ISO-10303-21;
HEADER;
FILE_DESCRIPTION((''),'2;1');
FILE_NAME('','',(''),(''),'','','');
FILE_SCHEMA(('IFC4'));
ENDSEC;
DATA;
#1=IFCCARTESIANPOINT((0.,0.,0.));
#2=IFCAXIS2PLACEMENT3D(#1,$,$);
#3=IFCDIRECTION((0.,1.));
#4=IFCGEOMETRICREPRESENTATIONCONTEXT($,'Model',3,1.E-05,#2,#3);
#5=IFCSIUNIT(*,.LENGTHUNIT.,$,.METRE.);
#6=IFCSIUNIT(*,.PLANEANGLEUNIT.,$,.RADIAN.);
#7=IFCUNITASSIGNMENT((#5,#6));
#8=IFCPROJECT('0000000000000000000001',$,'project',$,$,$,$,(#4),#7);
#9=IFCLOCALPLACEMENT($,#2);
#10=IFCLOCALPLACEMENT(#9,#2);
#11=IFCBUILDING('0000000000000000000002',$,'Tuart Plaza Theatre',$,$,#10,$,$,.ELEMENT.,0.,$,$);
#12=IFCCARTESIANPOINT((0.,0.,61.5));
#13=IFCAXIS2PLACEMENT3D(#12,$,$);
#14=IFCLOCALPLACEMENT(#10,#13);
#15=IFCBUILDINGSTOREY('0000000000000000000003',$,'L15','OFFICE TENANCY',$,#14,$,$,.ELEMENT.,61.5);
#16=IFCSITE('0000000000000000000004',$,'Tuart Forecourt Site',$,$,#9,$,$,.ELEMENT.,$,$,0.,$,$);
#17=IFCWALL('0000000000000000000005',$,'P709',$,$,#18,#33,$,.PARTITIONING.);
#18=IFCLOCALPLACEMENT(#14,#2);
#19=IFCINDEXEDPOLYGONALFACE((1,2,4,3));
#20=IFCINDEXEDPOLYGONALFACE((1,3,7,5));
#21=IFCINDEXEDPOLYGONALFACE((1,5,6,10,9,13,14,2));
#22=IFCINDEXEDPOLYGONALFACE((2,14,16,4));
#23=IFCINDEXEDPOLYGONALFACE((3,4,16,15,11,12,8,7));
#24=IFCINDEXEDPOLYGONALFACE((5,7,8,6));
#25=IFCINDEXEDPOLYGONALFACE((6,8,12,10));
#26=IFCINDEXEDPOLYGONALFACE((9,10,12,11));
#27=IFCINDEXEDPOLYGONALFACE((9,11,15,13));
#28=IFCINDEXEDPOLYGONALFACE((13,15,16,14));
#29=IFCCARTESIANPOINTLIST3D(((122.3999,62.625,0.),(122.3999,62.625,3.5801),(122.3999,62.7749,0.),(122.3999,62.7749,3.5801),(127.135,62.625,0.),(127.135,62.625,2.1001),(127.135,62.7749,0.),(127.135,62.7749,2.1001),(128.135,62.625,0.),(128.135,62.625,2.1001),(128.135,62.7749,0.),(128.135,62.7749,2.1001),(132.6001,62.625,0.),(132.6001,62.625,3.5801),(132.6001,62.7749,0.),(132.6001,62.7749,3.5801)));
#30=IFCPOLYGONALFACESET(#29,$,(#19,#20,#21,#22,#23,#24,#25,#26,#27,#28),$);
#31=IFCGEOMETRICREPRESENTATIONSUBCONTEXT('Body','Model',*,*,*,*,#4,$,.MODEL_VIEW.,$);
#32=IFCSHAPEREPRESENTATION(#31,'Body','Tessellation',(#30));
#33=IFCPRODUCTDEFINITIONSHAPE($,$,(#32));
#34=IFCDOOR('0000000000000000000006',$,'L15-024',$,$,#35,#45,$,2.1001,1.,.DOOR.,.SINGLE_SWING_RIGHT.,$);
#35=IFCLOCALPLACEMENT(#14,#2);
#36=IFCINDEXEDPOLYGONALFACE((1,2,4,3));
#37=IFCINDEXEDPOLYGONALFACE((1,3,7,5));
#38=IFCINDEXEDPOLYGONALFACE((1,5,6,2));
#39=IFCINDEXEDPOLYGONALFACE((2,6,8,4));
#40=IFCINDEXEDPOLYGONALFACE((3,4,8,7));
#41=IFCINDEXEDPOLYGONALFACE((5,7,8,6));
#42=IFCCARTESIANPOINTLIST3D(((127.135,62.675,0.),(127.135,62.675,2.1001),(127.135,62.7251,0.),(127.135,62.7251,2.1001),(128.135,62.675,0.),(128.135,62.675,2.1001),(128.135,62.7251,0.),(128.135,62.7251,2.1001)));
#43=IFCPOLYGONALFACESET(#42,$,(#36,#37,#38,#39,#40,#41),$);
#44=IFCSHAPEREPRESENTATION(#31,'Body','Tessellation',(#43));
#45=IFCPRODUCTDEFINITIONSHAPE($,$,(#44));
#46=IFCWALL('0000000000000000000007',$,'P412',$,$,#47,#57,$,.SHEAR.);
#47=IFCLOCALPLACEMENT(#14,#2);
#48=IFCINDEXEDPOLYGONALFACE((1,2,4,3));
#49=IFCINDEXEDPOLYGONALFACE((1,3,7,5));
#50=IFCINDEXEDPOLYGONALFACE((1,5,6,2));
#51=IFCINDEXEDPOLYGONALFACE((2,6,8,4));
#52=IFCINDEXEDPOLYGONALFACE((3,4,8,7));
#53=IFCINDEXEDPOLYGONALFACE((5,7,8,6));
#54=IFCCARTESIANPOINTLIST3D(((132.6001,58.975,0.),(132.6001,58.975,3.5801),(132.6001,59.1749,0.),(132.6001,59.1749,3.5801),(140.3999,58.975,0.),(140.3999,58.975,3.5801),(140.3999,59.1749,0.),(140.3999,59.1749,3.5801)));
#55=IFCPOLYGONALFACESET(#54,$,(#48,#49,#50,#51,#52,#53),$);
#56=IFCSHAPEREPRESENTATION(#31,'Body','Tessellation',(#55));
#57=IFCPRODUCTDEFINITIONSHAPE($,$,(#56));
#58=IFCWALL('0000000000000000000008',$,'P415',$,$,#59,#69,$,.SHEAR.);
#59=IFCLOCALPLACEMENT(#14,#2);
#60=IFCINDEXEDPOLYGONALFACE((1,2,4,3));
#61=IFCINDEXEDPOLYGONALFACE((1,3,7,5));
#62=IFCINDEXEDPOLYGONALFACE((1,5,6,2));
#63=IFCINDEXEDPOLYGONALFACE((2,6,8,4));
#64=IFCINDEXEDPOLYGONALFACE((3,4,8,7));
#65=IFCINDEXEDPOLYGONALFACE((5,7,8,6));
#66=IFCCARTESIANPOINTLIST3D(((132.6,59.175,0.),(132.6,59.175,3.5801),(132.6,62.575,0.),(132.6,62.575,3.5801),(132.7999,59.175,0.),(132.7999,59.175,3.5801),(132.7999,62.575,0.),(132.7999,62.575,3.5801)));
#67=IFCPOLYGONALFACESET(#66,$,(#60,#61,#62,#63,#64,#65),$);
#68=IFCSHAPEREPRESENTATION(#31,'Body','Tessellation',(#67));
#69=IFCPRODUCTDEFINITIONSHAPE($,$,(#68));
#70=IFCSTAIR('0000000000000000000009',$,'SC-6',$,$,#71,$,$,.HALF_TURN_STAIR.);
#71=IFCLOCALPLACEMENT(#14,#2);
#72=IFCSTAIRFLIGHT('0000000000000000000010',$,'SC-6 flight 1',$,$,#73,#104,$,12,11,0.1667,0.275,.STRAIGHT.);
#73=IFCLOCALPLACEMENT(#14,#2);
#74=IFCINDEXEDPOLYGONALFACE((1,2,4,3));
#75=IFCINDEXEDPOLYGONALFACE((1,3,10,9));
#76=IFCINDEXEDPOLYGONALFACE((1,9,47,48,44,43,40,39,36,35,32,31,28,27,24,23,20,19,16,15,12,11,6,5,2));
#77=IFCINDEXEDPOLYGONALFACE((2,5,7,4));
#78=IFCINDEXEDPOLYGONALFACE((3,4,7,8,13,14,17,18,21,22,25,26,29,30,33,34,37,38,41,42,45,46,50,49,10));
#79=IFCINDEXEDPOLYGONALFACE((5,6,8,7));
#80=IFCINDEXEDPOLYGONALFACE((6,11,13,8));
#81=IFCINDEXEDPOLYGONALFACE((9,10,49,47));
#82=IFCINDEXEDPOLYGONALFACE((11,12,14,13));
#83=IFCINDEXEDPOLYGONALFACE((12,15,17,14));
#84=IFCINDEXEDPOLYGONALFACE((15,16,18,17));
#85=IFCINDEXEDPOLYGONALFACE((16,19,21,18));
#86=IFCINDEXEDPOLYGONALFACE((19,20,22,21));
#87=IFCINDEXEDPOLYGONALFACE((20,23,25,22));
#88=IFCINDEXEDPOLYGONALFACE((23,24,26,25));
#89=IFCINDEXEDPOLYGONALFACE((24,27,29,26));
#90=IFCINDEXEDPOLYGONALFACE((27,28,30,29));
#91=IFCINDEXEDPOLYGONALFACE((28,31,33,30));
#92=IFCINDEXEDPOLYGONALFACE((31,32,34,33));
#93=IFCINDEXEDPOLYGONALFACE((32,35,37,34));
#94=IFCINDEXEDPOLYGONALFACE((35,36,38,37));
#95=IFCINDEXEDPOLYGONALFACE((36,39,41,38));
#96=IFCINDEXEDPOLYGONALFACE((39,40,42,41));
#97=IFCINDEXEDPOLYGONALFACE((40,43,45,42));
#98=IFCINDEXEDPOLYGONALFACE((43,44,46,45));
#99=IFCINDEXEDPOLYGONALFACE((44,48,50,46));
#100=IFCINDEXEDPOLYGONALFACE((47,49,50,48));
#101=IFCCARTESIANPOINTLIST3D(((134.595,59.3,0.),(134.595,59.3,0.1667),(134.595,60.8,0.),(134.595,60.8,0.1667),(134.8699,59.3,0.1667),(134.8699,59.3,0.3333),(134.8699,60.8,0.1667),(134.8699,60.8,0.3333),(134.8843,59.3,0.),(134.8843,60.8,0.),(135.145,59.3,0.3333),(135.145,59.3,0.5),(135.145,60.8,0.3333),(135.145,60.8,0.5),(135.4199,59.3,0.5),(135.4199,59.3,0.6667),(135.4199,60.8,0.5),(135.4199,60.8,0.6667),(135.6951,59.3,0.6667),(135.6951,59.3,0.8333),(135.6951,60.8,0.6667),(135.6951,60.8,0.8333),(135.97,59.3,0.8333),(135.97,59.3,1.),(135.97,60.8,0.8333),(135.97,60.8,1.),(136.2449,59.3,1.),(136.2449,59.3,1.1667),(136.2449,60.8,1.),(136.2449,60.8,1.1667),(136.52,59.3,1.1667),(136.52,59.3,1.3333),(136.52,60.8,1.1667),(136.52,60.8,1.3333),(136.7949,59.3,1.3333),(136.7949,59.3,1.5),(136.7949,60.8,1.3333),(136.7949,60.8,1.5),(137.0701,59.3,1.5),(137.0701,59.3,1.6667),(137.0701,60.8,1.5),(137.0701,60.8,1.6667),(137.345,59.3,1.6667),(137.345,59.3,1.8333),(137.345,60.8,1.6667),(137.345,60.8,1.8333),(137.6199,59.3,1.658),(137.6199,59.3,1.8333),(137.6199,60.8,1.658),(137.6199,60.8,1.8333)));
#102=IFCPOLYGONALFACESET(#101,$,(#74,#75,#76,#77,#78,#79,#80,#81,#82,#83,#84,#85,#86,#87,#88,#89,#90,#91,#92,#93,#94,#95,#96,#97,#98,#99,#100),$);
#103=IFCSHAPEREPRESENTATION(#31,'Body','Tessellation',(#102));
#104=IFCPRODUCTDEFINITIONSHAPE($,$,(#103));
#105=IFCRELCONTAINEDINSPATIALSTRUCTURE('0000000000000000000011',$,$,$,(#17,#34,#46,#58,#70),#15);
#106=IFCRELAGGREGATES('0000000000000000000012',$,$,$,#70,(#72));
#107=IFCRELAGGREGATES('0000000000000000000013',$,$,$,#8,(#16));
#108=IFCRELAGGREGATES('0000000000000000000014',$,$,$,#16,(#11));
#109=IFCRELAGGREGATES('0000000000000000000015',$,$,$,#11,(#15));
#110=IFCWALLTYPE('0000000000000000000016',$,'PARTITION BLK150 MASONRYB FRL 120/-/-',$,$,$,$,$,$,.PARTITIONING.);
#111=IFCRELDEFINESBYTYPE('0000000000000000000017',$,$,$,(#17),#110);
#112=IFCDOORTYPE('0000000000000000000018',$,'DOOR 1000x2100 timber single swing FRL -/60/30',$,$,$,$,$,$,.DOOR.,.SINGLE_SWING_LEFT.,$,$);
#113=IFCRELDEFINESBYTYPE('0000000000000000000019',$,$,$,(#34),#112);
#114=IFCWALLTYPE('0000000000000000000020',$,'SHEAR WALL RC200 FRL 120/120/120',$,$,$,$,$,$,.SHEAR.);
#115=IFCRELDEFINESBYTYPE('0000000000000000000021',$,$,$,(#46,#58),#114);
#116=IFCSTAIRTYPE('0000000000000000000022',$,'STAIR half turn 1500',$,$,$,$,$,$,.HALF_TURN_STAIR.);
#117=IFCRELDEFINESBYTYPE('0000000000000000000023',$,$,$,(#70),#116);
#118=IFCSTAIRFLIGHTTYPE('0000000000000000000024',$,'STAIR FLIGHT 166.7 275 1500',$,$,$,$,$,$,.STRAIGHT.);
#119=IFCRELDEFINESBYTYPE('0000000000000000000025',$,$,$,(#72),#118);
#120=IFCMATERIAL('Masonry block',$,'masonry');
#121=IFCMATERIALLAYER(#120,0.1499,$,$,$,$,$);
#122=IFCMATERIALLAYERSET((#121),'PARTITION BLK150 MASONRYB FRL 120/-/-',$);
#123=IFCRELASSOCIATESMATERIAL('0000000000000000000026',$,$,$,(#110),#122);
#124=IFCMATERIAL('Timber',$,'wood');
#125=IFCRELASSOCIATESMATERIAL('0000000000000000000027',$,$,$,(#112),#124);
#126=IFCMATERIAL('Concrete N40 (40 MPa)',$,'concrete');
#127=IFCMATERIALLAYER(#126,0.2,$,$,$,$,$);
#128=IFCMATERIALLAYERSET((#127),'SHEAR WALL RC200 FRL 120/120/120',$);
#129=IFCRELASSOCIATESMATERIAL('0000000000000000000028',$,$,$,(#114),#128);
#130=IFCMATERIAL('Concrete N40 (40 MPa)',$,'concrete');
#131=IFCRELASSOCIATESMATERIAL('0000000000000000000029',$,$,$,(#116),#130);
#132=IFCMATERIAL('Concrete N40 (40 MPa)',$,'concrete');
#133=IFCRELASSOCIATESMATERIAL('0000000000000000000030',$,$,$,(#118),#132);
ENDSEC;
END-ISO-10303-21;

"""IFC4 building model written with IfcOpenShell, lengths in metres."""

from ifc_helpers import new_model, si_unit, direction, frame, frame_2d, origin, place, context, subcontext, project, spatial, polyline, rectangle, outline, extrude, material, layer, layer_set, type_object, element, fill, aggregate, save


model = new_model("IFC4")

# Units and contexts
model_context = context("Model", 3, precision=1e-05, world=origin(), true_north=direction((0.0, 1.0)))
body_context = subcontext(model_context, "Body", "Model", "MODEL_VIEW")
ifc_project = project(units=[si_unit("LENGTHUNIT", "METRE"), si_unit("PLANEANGLEUNIT", "RADIAN")], contexts=[model_context])

# Site, building, storey
site_placement = place(None, origin())
site = spatial("IfcSite", under=ifc_project, at=site_placement, Name="Tuart Forecourt Site", CompositionType="ELEMENT", RefElevation=0.0)
building_placement = place(site_placement, origin())
building = spatial("IfcBuilding", under=site, at=building_placement, Name="Tuart Plaza Theatre", CompositionType="ELEMENT", ElevationOfRefHeight=0.0)
storey_placement = place(building_placement, frame((0.0, 0.0, 61.5)))
storey = spatial("IfcBuildingStorey", under=building, at=storey_placement, Name="L15", Description="OFFICE TENANCY", CompositionType="ELEMENT", Elevation=61.5)

# Wall, opening, door
ifc_material_1 = material(Name="Masonry block", Category="masonry")
ifc_layer_1 = layer(ifc_material_1, 0.1499)
ifc_layer_set_1 = layer_set([ifc_layer_1], Name="PARTITION BLK150 MASONRYB FRL 120/-/-")
wall_type_1 = type_object("IfcWallType", Name="PARTITION BLK150 MASONRYB FRL 120/-/-", PredefinedType="PARTITIONING", material=ifc_layer_set_1)
wall_1_placement = place(storey_placement, frame((132.6001, 62.7, 0.0), z_axis=(0.0, 0.0, 1.0), x_axis=(-1.0, 0.0, 0.0)))
wall_1 = element("IfcWall", 1, at=wall_1_placement, inside=storey, type_object=wall_type_1, Name="P709", PredefinedType="PARTITIONING", context=body_context, shape_type="SweptSolid", body=[
    extrude(rectangle(XDim=10.2002, YDim=0.1499, at=frame_2d((5.1001, 0.0))), origin(), (0.0, 0.0, 1.0), 3.5801),
])
opening_placement = place(wall_1_placement, frame((4.4651, 0.0, 0.0)))
opening = element("IfcOpeningElement", 2, at=opening_placement, cuts=wall_1, PredefinedType="OPENING", context=body_context, shape_type="SweptSolid", body=[
    extrude(rectangle(XDim=1.0, YDim=2.1001, at=frame_2d((0.5, 1.05))), frame((0.0, 0.085, 0.0), z_axis=(0.0, -1.0, 0.0), x_axis=(1.0, 0.0, 0.0)), (0.0, 0.0, 1.0), 0.1699),
])
ifc_material_2 = material(Name="Timber", Category="wood")
door_type = type_object("IfcDoorType", Name="DOOR 1000x2100 timber single swing FRL -/60/30", OperationType="SINGLE_SWING_LEFT", PredefinedType="DOOR", material=ifc_material_2)
door_placement = place(opening_placement, origin())
door = element("IfcDoor", 3, at=door_placement, inside=storey, type_object=door_type, Name="L15-024", OperationType="SINGLE_SWING_RIGHT", OverallHeight=2.1001, OverallWidth=1.0, PredefinedType="DOOR", context=body_context, shape_type="SweptSolid", body=[
    extrude(rectangle(XDim=1.0, YDim=2.1001, at=frame_2d((0.5, 1.05))), frame((0.0, 0.0249, 0.0), z_axis=(0.0, -1.0, 0.0), x_axis=(1.0, 0.0, 0.0)), (0.0, 0.0, 1.0), 0.05),
])
fill(opening, door)

# Walls
ifc_material_3 = material(Name="Concrete N40 (40 MPa)", Category="concrete")
ifc_layer_2 = layer(ifc_material_3, 0.2)
ifc_layer_set_2 = layer_set([ifc_layer_2], Name="SHEAR WALL RC200 FRL 120/120/120")
wall_type_2 = type_object("IfcWallType", Name="SHEAR WALL RC200 FRL 120/120/120", PredefinedType="SHEAR", material=ifc_layer_set_2)
wall_2_placement = place(storey_placement, frame((132.6001, 59.075, 0.0), z_axis=(0.0, 0.0, 1.0), x_axis=(1.0, 0.0, 0.0)))
element("IfcWall", 4, at=wall_2_placement, inside=storey, type_object=wall_type_2, Name="P412", PredefinedType="SHEAR", context=body_context, shape_type="SweptSolid", body=[
    extrude(rectangle(XDim=7.7998, YDim=0.2, at=frame_2d((3.8999, 0.0))), origin(), (0.0, 0.0, 1.0), 3.5801),
])
wall_3_placement = place(storey_placement, frame((132.7, 62.575, 0.0), z_axis=(0.0, 0.0, 1.0), x_axis=(0.0, -1.0, 0.0)))
element("IfcWall", 5, at=wall_3_placement, inside=storey, type_object=wall_type_2, Name="P415", PredefinedType="SHEAR", context=body_context, shape_type="SweptSolid", body=[
    extrude(rectangle(XDim=3.3999, YDim=0.2, at=frame_2d((1.7, 0.0))), origin(), (0.0, 0.0, 1.0), 3.5801),
])

# Stair, stair flight
ifc_material_4 = material(Name="Concrete N40 (40 MPa)", Category="concrete")
stair_type = type_object("IfcStairType", Name="STAIR half turn 1500", PredefinedType="HALF_TURN_STAIR", material=ifc_material_4)
stair_placement = place(storey_placement, origin())
stair = element("IfcStair", 6, at=stair_placement, inside=storey, type_object=stair_type, Name="SC-6", PredefinedType="HALF_TURN_STAIR")
ifc_material_5 = material(Name="Concrete N40 (40 MPa)", Category="concrete")
stair_flight_type = type_object("IfcStairFlightType", Name="STAIR FLIGHT 166.7 275 1500", PredefinedType="STRAIGHT", material=ifc_material_5)
stair_flight_placement = place(storey_placement, frame((134.595, 60.05, 0.0), z_axis=(0.0, 0.0, 1.0), x_axis=(1.0, 0.0, 0.0)))
stair_flight = element("IfcStairFlight", 7, at=stair_flight_placement, type_object=stair_flight_type, Name="SC-6 flight 1", NumberOfRisers=12, NumberOfTreads=11, PredefinedType="STRAIGHT", RiserHeight=0.1667, TreadLength=0.275, context=body_context, shape_type="SweptSolid", body=[
    extrude(outline(polyline([(0.0, 0.0), (0.0, 0.1667), (0.2749, 0.1667), (0.2749, 0.3333), (0.55, 0.3333), (0.55, 0.5), (0.825, 0.5), (0.825, 0.6667), (1.1001, 0.6667), (1.1001, 0.8333), (1.375, 0.8333), (1.375, 1.0), (1.6499, 1.0), (1.6499, 1.1667), (1.925, 1.1667), (1.925, 1.3333), (2.2, 1.3333), (2.2, 1.5), (2.4751, 1.5), (2.4751, 1.6667), (2.75, 1.6667), (2.75, 1.8333), (3.0249, 1.8333), (3.0249, 2.0), (3.0249, 1.658), (0.2893, 0.0), (0.0, 0.0)])), frame((0.0, 0.75, 0.0), z_axis=(0.0, -1.0, 0.0), x_axis=(1.0, 0.0, 0.0)), (0.0, 0.0, 1.0), 1.5),
])
aggregate(stair, [stair_flight])

save(model, "model.ifc")
